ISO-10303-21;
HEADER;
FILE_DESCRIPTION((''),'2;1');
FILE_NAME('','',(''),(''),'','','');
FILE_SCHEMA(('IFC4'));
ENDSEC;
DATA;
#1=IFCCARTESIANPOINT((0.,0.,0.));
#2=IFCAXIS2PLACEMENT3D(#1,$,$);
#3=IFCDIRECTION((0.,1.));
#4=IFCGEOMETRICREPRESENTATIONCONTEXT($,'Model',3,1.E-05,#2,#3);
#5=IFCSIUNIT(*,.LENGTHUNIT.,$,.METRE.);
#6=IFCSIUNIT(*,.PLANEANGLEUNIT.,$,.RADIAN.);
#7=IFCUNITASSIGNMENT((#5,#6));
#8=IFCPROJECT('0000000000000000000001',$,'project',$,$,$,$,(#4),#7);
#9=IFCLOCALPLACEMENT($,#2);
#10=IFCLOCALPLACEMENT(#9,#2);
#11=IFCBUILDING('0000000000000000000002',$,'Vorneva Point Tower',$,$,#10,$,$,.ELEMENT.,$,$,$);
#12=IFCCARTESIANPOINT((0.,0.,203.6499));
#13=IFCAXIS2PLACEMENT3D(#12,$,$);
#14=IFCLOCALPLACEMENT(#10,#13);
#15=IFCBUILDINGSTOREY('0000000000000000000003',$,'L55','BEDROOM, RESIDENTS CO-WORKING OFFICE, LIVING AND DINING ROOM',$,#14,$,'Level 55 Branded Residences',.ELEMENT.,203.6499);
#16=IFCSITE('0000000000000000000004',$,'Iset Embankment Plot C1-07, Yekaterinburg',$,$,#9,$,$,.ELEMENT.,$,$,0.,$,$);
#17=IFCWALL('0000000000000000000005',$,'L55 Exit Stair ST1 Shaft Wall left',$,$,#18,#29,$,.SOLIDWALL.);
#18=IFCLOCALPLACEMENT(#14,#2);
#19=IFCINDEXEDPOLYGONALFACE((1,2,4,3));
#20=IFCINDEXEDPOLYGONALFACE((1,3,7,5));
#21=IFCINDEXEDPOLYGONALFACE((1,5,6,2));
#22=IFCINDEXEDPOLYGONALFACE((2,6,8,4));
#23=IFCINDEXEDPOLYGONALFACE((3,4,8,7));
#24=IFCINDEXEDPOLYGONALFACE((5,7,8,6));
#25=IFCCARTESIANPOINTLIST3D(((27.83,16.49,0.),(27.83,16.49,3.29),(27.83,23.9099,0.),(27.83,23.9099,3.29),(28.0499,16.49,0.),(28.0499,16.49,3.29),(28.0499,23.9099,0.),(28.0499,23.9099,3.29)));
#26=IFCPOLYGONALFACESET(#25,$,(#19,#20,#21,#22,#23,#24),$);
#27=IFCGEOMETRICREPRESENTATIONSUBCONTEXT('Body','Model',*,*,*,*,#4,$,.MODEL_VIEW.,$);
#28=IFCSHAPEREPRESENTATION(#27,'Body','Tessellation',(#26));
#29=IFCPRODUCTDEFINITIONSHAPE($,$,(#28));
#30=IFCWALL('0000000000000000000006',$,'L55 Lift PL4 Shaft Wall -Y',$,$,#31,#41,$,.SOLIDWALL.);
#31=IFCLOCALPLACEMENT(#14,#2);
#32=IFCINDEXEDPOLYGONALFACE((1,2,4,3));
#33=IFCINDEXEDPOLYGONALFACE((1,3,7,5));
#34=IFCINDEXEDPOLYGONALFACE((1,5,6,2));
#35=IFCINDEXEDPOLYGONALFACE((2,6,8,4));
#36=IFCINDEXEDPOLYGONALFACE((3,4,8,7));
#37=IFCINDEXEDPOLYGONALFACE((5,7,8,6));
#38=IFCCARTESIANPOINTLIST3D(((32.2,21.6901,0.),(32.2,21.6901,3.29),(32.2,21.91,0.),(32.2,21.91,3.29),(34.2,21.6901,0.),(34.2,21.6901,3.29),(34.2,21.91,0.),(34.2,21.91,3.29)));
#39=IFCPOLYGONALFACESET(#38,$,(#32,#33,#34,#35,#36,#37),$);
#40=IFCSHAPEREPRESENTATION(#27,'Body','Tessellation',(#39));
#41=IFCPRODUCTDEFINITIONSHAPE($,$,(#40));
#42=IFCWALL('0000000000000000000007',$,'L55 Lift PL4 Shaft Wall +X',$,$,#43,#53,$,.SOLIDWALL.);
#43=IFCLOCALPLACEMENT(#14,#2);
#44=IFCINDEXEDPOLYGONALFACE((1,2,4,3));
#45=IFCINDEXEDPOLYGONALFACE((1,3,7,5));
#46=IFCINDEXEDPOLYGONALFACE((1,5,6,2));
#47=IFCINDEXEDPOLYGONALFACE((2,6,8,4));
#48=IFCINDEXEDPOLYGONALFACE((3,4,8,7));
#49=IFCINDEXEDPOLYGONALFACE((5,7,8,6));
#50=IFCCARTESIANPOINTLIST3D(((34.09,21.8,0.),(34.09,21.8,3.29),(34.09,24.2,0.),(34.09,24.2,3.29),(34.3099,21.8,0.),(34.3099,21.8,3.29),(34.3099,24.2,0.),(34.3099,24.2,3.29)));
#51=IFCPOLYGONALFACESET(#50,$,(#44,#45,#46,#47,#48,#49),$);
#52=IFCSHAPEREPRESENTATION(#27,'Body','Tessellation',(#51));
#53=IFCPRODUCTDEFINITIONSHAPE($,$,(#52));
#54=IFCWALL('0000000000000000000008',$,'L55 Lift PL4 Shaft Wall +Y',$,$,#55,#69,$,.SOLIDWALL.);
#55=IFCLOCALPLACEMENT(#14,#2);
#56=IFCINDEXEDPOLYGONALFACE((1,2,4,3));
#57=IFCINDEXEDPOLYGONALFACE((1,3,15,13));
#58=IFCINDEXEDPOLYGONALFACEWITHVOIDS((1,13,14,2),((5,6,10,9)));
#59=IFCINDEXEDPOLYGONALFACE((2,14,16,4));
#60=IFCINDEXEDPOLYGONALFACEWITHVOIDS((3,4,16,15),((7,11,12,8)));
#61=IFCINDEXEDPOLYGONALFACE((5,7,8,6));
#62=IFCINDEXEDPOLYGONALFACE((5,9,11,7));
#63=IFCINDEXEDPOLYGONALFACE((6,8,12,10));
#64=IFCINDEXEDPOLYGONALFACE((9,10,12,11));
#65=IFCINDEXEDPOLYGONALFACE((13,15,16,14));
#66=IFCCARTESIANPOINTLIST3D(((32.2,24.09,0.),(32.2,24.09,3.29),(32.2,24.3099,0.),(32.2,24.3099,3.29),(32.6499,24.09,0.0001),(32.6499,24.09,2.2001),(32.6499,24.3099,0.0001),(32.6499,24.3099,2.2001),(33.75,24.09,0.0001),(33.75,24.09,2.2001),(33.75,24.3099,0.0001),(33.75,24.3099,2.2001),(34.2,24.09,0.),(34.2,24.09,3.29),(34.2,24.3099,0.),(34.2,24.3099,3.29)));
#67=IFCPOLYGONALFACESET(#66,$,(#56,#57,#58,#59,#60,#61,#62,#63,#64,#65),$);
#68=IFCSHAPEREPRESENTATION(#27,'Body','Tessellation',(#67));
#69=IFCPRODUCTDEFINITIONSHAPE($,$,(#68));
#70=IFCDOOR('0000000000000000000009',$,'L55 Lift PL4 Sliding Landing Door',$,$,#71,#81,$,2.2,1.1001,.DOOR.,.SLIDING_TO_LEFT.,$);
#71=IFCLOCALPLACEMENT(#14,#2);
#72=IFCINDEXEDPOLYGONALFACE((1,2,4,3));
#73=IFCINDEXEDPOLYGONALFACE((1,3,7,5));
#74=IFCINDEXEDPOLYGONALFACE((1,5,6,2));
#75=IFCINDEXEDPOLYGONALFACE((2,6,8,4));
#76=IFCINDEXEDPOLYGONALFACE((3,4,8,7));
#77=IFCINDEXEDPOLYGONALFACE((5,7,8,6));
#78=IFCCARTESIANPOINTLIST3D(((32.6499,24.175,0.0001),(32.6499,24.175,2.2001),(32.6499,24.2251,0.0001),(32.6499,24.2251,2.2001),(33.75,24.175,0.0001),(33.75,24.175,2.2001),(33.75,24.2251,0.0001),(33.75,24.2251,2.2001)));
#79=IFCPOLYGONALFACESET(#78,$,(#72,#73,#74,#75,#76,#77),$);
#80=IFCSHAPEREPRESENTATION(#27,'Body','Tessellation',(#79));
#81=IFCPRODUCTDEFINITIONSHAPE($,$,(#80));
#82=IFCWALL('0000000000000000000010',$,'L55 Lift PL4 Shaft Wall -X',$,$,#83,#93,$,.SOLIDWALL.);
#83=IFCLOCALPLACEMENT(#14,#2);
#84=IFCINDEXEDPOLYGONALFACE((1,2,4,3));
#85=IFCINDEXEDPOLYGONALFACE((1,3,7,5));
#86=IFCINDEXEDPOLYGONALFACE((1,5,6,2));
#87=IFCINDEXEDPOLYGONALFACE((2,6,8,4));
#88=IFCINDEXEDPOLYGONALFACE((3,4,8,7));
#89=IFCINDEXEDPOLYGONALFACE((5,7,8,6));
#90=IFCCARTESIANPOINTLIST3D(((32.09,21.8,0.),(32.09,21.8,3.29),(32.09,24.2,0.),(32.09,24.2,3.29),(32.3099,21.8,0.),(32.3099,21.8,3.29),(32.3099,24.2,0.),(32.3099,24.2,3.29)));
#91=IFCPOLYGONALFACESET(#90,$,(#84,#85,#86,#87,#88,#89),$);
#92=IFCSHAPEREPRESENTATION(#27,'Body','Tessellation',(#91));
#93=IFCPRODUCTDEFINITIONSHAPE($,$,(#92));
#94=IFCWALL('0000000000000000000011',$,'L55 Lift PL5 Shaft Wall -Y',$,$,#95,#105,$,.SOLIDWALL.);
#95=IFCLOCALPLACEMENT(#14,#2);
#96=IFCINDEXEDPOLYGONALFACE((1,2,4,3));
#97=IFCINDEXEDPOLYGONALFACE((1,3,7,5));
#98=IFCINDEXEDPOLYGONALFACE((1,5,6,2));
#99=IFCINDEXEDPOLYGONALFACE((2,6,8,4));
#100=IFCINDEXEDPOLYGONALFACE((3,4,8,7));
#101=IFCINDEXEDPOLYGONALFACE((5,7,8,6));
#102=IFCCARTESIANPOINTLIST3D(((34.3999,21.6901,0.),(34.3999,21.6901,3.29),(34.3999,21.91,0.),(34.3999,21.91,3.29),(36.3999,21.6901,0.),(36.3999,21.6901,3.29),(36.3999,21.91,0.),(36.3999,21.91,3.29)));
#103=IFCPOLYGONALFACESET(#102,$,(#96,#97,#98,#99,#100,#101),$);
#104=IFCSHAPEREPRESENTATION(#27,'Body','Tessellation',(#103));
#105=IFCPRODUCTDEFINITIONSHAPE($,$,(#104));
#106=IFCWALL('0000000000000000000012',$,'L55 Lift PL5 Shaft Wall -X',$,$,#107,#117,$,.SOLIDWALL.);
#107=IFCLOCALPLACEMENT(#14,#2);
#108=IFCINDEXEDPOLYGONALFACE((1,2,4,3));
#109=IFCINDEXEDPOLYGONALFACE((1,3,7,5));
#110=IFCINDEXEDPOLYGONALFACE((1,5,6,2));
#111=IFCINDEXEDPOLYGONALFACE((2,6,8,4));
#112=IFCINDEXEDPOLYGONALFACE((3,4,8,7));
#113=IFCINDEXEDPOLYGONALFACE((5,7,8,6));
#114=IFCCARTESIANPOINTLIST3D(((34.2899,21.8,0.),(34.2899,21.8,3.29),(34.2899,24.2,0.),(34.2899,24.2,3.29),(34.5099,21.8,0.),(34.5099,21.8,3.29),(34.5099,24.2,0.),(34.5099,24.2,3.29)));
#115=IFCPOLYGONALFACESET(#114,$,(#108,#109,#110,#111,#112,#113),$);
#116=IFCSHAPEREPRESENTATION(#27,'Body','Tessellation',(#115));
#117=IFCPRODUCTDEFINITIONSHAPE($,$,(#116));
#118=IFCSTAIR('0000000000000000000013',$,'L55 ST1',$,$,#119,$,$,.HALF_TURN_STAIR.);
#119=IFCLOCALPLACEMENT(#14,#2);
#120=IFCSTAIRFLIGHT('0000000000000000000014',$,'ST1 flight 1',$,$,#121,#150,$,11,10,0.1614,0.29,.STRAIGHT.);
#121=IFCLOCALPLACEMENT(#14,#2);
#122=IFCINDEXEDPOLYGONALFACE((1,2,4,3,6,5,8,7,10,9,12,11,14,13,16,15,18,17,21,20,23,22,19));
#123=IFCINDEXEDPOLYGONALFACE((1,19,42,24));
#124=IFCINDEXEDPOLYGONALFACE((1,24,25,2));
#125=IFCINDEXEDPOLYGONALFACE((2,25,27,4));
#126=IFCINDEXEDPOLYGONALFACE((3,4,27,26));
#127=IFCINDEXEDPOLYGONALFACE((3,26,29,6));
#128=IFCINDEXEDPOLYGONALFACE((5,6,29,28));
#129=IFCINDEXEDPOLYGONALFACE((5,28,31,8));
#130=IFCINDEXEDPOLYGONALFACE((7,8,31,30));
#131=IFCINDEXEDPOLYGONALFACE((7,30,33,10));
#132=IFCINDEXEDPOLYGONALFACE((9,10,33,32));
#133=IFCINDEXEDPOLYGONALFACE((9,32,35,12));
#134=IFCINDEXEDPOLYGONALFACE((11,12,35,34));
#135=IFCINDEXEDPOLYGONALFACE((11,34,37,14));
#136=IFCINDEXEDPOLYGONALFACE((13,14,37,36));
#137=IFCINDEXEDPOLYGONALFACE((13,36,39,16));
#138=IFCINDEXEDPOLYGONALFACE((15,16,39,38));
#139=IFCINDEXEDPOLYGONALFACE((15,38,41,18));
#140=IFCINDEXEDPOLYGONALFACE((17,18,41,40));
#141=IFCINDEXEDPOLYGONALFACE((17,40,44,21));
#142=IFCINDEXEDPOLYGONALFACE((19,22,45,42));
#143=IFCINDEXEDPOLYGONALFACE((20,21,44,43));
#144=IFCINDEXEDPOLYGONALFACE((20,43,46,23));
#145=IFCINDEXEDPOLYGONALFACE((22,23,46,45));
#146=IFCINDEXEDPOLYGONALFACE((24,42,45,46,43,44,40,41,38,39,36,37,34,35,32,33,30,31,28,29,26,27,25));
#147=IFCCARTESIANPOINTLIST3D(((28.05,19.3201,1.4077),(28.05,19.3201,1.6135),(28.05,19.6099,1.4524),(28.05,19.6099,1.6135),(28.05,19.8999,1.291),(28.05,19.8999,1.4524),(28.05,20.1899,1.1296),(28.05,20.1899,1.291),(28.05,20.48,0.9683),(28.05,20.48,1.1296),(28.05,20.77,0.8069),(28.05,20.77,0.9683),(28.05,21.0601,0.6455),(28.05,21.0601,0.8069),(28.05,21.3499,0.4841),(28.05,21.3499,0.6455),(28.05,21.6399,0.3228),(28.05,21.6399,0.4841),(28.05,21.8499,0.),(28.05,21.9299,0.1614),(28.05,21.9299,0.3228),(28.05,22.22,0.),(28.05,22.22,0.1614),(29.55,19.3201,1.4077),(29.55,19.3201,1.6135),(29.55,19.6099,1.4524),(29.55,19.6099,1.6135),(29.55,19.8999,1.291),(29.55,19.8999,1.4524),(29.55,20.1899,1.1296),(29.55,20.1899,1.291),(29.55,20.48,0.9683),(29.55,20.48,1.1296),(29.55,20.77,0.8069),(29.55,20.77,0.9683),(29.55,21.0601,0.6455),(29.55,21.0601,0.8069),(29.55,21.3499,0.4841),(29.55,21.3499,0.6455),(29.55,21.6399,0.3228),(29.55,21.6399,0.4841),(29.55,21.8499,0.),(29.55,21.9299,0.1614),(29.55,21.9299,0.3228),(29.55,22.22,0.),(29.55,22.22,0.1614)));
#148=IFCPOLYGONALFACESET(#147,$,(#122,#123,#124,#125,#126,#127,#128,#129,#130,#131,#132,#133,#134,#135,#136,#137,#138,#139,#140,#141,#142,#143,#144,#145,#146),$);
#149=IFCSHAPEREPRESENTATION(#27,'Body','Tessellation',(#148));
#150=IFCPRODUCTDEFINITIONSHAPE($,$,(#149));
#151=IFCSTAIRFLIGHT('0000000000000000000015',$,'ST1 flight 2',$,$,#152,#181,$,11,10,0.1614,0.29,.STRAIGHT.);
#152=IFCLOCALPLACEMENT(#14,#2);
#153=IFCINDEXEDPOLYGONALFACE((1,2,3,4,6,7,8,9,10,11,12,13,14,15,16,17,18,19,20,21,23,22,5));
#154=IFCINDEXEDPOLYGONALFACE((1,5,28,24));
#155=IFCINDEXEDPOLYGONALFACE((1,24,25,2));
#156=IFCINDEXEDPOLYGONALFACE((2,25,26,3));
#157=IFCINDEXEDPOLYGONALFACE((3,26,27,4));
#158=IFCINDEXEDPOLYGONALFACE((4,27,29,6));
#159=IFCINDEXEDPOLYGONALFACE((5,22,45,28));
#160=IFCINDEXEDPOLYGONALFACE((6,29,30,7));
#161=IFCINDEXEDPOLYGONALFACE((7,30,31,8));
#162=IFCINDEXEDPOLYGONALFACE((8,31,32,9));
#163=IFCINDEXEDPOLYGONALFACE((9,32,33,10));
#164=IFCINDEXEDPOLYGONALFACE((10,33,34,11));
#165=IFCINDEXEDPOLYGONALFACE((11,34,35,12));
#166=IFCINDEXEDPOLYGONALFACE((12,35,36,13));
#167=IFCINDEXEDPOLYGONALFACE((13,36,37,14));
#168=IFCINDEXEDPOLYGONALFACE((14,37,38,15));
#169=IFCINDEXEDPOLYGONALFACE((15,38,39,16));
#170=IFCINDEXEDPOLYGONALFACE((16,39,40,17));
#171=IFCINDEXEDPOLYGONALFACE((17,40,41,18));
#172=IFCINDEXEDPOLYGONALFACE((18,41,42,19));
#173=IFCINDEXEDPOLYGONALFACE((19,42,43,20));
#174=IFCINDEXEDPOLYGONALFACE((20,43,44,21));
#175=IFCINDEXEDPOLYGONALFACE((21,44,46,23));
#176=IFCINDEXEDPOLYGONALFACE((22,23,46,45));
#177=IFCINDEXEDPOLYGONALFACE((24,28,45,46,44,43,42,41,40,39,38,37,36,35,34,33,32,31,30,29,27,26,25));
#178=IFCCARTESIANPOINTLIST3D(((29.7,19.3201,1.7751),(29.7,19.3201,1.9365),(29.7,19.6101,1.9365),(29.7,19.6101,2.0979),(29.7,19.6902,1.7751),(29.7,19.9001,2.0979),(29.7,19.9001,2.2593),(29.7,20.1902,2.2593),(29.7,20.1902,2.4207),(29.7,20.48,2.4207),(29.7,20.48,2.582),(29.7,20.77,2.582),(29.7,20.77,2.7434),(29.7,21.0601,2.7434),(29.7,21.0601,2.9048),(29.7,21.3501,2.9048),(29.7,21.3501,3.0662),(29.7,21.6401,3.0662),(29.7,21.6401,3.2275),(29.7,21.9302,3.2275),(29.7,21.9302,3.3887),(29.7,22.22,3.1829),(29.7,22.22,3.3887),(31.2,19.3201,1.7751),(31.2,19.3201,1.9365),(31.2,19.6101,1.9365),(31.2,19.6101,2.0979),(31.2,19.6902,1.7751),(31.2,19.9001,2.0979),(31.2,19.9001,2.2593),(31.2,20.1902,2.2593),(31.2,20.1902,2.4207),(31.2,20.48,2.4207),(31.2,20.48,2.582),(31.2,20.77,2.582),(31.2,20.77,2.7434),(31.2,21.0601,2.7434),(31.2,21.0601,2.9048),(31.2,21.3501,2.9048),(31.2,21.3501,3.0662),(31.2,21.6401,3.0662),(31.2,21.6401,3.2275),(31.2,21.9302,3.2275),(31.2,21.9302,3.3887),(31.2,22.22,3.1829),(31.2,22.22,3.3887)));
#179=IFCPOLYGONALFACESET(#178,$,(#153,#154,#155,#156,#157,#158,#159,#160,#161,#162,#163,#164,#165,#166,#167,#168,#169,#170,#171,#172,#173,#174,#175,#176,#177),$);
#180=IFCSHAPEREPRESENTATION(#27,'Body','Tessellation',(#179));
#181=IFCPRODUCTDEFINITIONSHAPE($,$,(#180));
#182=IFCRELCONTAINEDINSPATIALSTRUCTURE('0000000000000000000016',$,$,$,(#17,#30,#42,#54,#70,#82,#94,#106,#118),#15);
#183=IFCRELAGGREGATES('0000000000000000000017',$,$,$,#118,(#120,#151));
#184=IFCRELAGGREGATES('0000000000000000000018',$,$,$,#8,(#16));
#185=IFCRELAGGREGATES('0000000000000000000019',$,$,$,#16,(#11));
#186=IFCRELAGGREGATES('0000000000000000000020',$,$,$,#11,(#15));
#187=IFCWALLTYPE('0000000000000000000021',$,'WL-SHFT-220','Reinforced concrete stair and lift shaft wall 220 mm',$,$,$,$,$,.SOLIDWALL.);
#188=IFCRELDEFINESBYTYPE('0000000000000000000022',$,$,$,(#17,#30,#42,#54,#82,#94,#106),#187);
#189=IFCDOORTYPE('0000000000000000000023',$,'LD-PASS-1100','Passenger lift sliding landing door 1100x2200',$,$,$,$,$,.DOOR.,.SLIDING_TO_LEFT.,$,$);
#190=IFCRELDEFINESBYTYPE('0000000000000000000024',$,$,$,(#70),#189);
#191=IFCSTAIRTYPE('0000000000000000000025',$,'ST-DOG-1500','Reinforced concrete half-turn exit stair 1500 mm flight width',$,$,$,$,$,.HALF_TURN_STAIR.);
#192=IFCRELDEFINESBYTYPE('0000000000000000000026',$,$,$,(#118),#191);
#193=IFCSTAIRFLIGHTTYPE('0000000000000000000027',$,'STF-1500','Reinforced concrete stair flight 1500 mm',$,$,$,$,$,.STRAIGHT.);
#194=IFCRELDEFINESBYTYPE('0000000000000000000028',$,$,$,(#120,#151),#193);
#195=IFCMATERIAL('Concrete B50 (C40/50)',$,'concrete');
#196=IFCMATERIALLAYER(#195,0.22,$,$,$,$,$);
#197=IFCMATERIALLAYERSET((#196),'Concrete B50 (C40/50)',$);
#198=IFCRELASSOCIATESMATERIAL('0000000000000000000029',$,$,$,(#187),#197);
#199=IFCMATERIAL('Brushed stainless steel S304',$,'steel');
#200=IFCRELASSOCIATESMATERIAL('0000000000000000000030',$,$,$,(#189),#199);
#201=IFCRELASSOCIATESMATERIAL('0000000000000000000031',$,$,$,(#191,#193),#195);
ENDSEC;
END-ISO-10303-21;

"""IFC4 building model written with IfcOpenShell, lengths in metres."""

from ifc_helpers import new_model, si_unit, direction, frame, frame_2d, origin, place, context, subcontext, project, spatial, polyline, rectangle, outline, extrude, material, layer, layer_set, type_object, element, fill, aggregate, save


model = new_model("IFC4")

# Units and contexts
model_context = context("Model", 3, precision=1e-05, world=origin(), true_north=direction((0.0, 1.0)))
body_context = subcontext(model_context, "Body", "Model", "MODEL_VIEW")
ifc_project = project(units=[si_unit("LENGTHUNIT", "METRE"), si_unit("PLANEANGLEUNIT", "RADIAN")], contexts=[model_context])

# Site, building, storey
site_placement = place(None, origin())
site = spatial("IfcSite", under=ifc_project, at=site_placement, Name="Iset Embankment Plot C1-07, Yekaterinburg", CompositionType="ELEMENT", RefElevation=0.0)
building_placement = place(site_placement, origin())
building = spatial("IfcBuilding", under=site, at=building_placement, Name="Vorneva Point Tower", CompositionType="ELEMENT")
storey_placement = place(building_placement, frame((0.0, 0.0, 203.6499)))
storey = spatial("IfcBuildingStorey", under=building, at=storey_placement, Name="L55", Description="BEDROOM, RESIDENTS CO-WORKING OFFICE, LIVING AND DINING ROOM", LongName="Level 55 Branded Residences", CompositionType="ELEMENT", Elevation=203.6499)

# Shared definitions
ifc_material_1 = material(Name="Concrete B50 (C40/50)", Category="concrete")

# Shared definitions
ifc_layer_1 = layer(ifc_material_1, 0.22)
ifc_layer_set_1 = layer_set([ifc_layer_1], Name="Concrete B50 (C40/50)")
wall_type_1 = type_object("IfcWallType", Name="WL-SHFT-220", Description="Reinforced concrete stair and lift shaft wall 220 mm", PredefinedType="SOLIDWALL", material=ifc_layer_set_1)

# Walls
wall_1_placement = place(storey_placement, frame((27.9399, 16.49, 0.0), z_axis=(0.0, 0.0, 1.0), x_axis=(0.0, 1.0, 0.0)))
element("IfcWall", 1, at=wall_1_placement, inside=storey, type_object=wall_type_1, Name="L55 Exit Stair ST1 Shaft Wall left", PredefinedType="SOLIDWALL", context=body_context, shape_type="SweptSolid", body=[
    extrude(rectangle(XDim=7.4199, YDim=0.22, at=frame_2d((3.71, 0.0))), origin(), (0.0, 0.0, 1.0), 3.29),
])
wall_2_placement = place(storey_placement, frame((32.2, 21.8, 0.0), z_axis=(0.0, 0.0, 1.0), x_axis=(1.0, 0.0, 0.0)))
element("IfcWall", 2, at=wall_2_placement, inside=storey, type_object=wall_type_1, Name="L55 Lift PL4 Shaft Wall -Y", PredefinedType="SOLIDWALL", context=body_context, shape_type="SweptSolid", body=[
    extrude(rectangle(XDim=2.0, YDim=0.22, at=frame_2d((1.0, 0.0))), origin(), (0.0, 0.0, 1.0), 3.29),
])
wall_3_placement = place(storey_placement, frame((34.2, 21.8, 0.0), z_axis=(0.0, 0.0, 1.0), x_axis=(0.0, 1.0, 0.0)))
element("IfcWall", 3, at=wall_3_placement, inside=storey, type_object=wall_type_1, Name="L55 Lift PL4 Shaft Wall +X", PredefinedType="SOLIDWALL", context=body_context, shape_type="SweptSolid", body=[
    extrude(rectangle(XDim=2.3999, YDim=0.22, at=frame_2d((1.2, 0.0))), origin(), (0.0, 0.0, 1.0), 3.29),
])

# Wall, opening, door
wall_4_placement = place(storey_placement, frame((34.2, 24.2, 0.0), z_axis=(0.0, 0.0, 1.0), x_axis=(-1.0, 0.0, 0.0)))
wall_4 = element("IfcWall", 4, at=wall_4_placement, inside=storey, type_object=wall_type_1, Name="L55 Lift PL4 Shaft Wall +Y", PredefinedType="SOLIDWALL", context=body_context, shape_type="SweptSolid", body=[
    extrude(rectangle(XDim=2.0, YDim=0.22, at=frame_2d((1.0, 0.0))), origin(), (0.0, 0.0, 1.0), 3.29),
])
opening_1_placement = place(wall_4_placement, frame((0.45, 0.0, 0.0)))
opening_1 = element("IfcOpeningElement", 5, at=opening_1_placement, cuts=wall_4, PredefinedType="OPENING", context=body_context, shape_type="SweptSolid", body=[
    extrude(rectangle(XDim=1.1001, YDim=2.2, at=frame_2d((0.55, 1.1001))), frame((0.0, 0.125, 0.0), z_axis=(0.0, -1.0, 0.0), x_axis=(1.0, 0.0, 0.0)), (0.0, 0.0, 1.0), 0.2498),
])
ifc_material_2 = material(Name="Brushed stainless steel S304", Category="steel")
door_type_1 = type_object("IfcDoorType", Name="LD-PASS-1100", Description="Passenger lift sliding landing door 1100x2200", OperationType="SLIDING_TO_LEFT", PredefinedType="DOOR", material=ifc_material_2)
door_1_placement = place(opening_1_placement, origin())
door_1 = element("IfcDoor", 6, at=door_1_placement, inside=storey, type_object=door_type_1, Name="L55 Lift PL4 Sliding Landing Door", OperationType="SLIDING_TO_LEFT", OverallHeight=2.2, OverallWidth=1.1001, PredefinedType="DOOR", context=body_context, shape_type="SweptSolid", body=[
    extrude(rectangle(XDim=1.1001, YDim=2.2, at=frame_2d((0.55, 1.1001))), frame((0.0, 0.0249, 0.0), z_axis=(0.0, -1.0, 0.0), x_axis=(1.0, 0.0, 0.0)), (0.0, 0.0, 1.0), 0.05),
])
fill(opening_1, door_1)

# Walls
wall_5_placement = place(storey_placement, frame((32.2, 24.2, 0.0), z_axis=(0.0, 0.0, 1.0), x_axis=(0.0, -1.0, 0.0)))
element("IfcWall", 7, at=wall_5_placement, inside=storey, type_object=wall_type_1, Name="L55 Lift PL4 Shaft Wall -X", PredefinedType="SOLIDWALL", context=body_context, shape_type="SweptSolid", body=[
    extrude(rectangle(XDim=2.3999, YDim=0.22, at=frame_2d((1.2, 0.0))), origin(), (0.0, 0.0, 1.0), 3.29),
])
wall_6_placement = place(storey_placement, frame((34.3999, 21.8, 0.0), z_axis=(0.0, 0.0, 1.0), x_axis=(1.0, 0.0, 0.0)))
element("IfcWall", 8, at=wall_6_placement, inside=storey, type_object=wall_type_1, Name="L55 Lift PL5 Shaft Wall -Y", PredefinedType="SOLIDWALL", context=body_context, shape_type="SweptSolid", body=[
    extrude(rectangle(XDim=2.0, YDim=0.22, at=frame_2d((1.0, 0.0))), origin(), (0.0, 0.0, 1.0), 3.29),
])
wall_7_placement = place(storey_placement, frame((34.3999, 24.2, 0.0), z_axis=(0.0, 0.0, 1.0), x_axis=(0.0, -1.0, 0.0)))
element("IfcWall", 9, at=wall_7_placement, inside=storey, type_object=wall_type_1, Name="L55 Lift PL5 Shaft Wall -X", PredefinedType="SOLIDWALL", context=body_context, shape_type="SweptSolid", body=[
    extrude(rectangle(XDim=2.3999, YDim=0.22, at=frame_2d((1.2, 0.0))), origin(), (0.0, 0.0, 1.0), 3.29),
])

# Stair, stair flights
stair_type = type_object("IfcStairType", Name="ST-DOG-1500", Description="Reinforced concrete half-turn exit stair 1500 mm flight width", PredefinedType="HALF_TURN_STAIR", material=ifc_material_1)
stair_placement = place(storey_placement, origin())
stair = element("IfcStair", 10, at=stair_placement, inside=storey, type_object=stair_type, Name="L55 ST1", PredefinedType="HALF_TURN_STAIR")
stair_flight_type = type_object("IfcStairFlightType", Name="STF-1500", Description="Reinforced concrete stair flight 1500 mm", PredefinedType="STRAIGHT", material=ifc_material_1)
stair_flight_1_placement = place(storey_placement, frame((28.8, 22.22, 0.0), z_axis=(0.0, 0.0, 1.0), x_axis=(0.0, -1.0, 0.0)))
stair_flight_1 = element("IfcStairFlight", 11, at=stair_flight_1_placement, type_object=stair_flight_type, Name="ST1 flight 1", NumberOfRisers=11, NumberOfTreads=10, PredefinedType="STRAIGHT", RiserHeight=0.1614, TreadLength=0.29, context=body_context, shape_type="SweptSolid", body=[
    extrude(outline(polyline([(0.0, 0.0), (0.0, 0.1614), (0.29, 0.1614), (0.29, 0.3228), (0.5801, 0.3228), (0.5801, 0.4841), (0.8701, 0.4841), (0.8701, 0.6455), (1.1599, 0.6455), (1.1599, 0.8069), (1.45, 0.8069), (1.45, 0.9683), (1.74, 0.9683), (1.74, 1.1296), (2.03, 1.1296), (2.03, 1.291), (2.3201, 1.291), (2.3201, 1.4524), (2.6101, 1.4524), (2.6101, 1.6135), (2.8999, 1.6135), (2.8999, 1.7749), (2.8999, 1.4077), (0.3701, 0.0), (0.0, 0.0)])), frame((0.0, 0.75, 0.0), z_axis=(0.0, -1.0, 0.0), x_axis=(1.0, 0.0, 0.0)), (0.0, 0.0, 1.0), 1.5),
])
stair_flight_2_placement = place(storey_placement, frame((30.45, 19.3201, 1.7751), z_axis=(0.0, 0.0, 1.0), x_axis=(0.0, 1.0, 0.0)))
stair_flight_2 = element("IfcStairFlight", 12, at=stair_flight_2_placement, type_object=stair_flight_type, Name="ST1 flight 2", NumberOfRisers=11, NumberOfTreads=10, PredefinedType="STRAIGHT", RiserHeight=0.1614, TreadLength=0.29, context=body_context, shape_type="SweptSolid", body=[
    extrude(outline(polyline([(0.0, 0.0), (0.0, 0.1614), (0.29, 0.1614), (0.29, 0.3228), (0.5801, 0.3228), (0.5801, 0.4841), (0.8701, 0.4841), (0.8701, 0.6455), (1.1599, 0.6455), (1.1599, 0.8069), (1.45, 0.8069), (1.45, 0.9683), (1.74, 0.9683), (1.74, 1.1296), (2.03, 1.1296), (2.03, 1.291), (2.3201, 1.291), (2.3201, 1.4524), (2.6101, 1.4524), (2.6101, 1.6135), (2.8999, 1.6135), (2.8999, 1.7749), (2.8999, 1.4077), (0.3701, 0.0), (0.0, 0.0)])), frame((0.0, 0.75, 0.0), z_axis=(0.0, -1.0, 0.0), x_axis=(1.0, 0.0, 0.0)), (0.0, 0.0, 1.0), 1.5),
])
aggregate(stair, [stair_flight_1, stair_flight_2])

save(model, "model.ifc")
